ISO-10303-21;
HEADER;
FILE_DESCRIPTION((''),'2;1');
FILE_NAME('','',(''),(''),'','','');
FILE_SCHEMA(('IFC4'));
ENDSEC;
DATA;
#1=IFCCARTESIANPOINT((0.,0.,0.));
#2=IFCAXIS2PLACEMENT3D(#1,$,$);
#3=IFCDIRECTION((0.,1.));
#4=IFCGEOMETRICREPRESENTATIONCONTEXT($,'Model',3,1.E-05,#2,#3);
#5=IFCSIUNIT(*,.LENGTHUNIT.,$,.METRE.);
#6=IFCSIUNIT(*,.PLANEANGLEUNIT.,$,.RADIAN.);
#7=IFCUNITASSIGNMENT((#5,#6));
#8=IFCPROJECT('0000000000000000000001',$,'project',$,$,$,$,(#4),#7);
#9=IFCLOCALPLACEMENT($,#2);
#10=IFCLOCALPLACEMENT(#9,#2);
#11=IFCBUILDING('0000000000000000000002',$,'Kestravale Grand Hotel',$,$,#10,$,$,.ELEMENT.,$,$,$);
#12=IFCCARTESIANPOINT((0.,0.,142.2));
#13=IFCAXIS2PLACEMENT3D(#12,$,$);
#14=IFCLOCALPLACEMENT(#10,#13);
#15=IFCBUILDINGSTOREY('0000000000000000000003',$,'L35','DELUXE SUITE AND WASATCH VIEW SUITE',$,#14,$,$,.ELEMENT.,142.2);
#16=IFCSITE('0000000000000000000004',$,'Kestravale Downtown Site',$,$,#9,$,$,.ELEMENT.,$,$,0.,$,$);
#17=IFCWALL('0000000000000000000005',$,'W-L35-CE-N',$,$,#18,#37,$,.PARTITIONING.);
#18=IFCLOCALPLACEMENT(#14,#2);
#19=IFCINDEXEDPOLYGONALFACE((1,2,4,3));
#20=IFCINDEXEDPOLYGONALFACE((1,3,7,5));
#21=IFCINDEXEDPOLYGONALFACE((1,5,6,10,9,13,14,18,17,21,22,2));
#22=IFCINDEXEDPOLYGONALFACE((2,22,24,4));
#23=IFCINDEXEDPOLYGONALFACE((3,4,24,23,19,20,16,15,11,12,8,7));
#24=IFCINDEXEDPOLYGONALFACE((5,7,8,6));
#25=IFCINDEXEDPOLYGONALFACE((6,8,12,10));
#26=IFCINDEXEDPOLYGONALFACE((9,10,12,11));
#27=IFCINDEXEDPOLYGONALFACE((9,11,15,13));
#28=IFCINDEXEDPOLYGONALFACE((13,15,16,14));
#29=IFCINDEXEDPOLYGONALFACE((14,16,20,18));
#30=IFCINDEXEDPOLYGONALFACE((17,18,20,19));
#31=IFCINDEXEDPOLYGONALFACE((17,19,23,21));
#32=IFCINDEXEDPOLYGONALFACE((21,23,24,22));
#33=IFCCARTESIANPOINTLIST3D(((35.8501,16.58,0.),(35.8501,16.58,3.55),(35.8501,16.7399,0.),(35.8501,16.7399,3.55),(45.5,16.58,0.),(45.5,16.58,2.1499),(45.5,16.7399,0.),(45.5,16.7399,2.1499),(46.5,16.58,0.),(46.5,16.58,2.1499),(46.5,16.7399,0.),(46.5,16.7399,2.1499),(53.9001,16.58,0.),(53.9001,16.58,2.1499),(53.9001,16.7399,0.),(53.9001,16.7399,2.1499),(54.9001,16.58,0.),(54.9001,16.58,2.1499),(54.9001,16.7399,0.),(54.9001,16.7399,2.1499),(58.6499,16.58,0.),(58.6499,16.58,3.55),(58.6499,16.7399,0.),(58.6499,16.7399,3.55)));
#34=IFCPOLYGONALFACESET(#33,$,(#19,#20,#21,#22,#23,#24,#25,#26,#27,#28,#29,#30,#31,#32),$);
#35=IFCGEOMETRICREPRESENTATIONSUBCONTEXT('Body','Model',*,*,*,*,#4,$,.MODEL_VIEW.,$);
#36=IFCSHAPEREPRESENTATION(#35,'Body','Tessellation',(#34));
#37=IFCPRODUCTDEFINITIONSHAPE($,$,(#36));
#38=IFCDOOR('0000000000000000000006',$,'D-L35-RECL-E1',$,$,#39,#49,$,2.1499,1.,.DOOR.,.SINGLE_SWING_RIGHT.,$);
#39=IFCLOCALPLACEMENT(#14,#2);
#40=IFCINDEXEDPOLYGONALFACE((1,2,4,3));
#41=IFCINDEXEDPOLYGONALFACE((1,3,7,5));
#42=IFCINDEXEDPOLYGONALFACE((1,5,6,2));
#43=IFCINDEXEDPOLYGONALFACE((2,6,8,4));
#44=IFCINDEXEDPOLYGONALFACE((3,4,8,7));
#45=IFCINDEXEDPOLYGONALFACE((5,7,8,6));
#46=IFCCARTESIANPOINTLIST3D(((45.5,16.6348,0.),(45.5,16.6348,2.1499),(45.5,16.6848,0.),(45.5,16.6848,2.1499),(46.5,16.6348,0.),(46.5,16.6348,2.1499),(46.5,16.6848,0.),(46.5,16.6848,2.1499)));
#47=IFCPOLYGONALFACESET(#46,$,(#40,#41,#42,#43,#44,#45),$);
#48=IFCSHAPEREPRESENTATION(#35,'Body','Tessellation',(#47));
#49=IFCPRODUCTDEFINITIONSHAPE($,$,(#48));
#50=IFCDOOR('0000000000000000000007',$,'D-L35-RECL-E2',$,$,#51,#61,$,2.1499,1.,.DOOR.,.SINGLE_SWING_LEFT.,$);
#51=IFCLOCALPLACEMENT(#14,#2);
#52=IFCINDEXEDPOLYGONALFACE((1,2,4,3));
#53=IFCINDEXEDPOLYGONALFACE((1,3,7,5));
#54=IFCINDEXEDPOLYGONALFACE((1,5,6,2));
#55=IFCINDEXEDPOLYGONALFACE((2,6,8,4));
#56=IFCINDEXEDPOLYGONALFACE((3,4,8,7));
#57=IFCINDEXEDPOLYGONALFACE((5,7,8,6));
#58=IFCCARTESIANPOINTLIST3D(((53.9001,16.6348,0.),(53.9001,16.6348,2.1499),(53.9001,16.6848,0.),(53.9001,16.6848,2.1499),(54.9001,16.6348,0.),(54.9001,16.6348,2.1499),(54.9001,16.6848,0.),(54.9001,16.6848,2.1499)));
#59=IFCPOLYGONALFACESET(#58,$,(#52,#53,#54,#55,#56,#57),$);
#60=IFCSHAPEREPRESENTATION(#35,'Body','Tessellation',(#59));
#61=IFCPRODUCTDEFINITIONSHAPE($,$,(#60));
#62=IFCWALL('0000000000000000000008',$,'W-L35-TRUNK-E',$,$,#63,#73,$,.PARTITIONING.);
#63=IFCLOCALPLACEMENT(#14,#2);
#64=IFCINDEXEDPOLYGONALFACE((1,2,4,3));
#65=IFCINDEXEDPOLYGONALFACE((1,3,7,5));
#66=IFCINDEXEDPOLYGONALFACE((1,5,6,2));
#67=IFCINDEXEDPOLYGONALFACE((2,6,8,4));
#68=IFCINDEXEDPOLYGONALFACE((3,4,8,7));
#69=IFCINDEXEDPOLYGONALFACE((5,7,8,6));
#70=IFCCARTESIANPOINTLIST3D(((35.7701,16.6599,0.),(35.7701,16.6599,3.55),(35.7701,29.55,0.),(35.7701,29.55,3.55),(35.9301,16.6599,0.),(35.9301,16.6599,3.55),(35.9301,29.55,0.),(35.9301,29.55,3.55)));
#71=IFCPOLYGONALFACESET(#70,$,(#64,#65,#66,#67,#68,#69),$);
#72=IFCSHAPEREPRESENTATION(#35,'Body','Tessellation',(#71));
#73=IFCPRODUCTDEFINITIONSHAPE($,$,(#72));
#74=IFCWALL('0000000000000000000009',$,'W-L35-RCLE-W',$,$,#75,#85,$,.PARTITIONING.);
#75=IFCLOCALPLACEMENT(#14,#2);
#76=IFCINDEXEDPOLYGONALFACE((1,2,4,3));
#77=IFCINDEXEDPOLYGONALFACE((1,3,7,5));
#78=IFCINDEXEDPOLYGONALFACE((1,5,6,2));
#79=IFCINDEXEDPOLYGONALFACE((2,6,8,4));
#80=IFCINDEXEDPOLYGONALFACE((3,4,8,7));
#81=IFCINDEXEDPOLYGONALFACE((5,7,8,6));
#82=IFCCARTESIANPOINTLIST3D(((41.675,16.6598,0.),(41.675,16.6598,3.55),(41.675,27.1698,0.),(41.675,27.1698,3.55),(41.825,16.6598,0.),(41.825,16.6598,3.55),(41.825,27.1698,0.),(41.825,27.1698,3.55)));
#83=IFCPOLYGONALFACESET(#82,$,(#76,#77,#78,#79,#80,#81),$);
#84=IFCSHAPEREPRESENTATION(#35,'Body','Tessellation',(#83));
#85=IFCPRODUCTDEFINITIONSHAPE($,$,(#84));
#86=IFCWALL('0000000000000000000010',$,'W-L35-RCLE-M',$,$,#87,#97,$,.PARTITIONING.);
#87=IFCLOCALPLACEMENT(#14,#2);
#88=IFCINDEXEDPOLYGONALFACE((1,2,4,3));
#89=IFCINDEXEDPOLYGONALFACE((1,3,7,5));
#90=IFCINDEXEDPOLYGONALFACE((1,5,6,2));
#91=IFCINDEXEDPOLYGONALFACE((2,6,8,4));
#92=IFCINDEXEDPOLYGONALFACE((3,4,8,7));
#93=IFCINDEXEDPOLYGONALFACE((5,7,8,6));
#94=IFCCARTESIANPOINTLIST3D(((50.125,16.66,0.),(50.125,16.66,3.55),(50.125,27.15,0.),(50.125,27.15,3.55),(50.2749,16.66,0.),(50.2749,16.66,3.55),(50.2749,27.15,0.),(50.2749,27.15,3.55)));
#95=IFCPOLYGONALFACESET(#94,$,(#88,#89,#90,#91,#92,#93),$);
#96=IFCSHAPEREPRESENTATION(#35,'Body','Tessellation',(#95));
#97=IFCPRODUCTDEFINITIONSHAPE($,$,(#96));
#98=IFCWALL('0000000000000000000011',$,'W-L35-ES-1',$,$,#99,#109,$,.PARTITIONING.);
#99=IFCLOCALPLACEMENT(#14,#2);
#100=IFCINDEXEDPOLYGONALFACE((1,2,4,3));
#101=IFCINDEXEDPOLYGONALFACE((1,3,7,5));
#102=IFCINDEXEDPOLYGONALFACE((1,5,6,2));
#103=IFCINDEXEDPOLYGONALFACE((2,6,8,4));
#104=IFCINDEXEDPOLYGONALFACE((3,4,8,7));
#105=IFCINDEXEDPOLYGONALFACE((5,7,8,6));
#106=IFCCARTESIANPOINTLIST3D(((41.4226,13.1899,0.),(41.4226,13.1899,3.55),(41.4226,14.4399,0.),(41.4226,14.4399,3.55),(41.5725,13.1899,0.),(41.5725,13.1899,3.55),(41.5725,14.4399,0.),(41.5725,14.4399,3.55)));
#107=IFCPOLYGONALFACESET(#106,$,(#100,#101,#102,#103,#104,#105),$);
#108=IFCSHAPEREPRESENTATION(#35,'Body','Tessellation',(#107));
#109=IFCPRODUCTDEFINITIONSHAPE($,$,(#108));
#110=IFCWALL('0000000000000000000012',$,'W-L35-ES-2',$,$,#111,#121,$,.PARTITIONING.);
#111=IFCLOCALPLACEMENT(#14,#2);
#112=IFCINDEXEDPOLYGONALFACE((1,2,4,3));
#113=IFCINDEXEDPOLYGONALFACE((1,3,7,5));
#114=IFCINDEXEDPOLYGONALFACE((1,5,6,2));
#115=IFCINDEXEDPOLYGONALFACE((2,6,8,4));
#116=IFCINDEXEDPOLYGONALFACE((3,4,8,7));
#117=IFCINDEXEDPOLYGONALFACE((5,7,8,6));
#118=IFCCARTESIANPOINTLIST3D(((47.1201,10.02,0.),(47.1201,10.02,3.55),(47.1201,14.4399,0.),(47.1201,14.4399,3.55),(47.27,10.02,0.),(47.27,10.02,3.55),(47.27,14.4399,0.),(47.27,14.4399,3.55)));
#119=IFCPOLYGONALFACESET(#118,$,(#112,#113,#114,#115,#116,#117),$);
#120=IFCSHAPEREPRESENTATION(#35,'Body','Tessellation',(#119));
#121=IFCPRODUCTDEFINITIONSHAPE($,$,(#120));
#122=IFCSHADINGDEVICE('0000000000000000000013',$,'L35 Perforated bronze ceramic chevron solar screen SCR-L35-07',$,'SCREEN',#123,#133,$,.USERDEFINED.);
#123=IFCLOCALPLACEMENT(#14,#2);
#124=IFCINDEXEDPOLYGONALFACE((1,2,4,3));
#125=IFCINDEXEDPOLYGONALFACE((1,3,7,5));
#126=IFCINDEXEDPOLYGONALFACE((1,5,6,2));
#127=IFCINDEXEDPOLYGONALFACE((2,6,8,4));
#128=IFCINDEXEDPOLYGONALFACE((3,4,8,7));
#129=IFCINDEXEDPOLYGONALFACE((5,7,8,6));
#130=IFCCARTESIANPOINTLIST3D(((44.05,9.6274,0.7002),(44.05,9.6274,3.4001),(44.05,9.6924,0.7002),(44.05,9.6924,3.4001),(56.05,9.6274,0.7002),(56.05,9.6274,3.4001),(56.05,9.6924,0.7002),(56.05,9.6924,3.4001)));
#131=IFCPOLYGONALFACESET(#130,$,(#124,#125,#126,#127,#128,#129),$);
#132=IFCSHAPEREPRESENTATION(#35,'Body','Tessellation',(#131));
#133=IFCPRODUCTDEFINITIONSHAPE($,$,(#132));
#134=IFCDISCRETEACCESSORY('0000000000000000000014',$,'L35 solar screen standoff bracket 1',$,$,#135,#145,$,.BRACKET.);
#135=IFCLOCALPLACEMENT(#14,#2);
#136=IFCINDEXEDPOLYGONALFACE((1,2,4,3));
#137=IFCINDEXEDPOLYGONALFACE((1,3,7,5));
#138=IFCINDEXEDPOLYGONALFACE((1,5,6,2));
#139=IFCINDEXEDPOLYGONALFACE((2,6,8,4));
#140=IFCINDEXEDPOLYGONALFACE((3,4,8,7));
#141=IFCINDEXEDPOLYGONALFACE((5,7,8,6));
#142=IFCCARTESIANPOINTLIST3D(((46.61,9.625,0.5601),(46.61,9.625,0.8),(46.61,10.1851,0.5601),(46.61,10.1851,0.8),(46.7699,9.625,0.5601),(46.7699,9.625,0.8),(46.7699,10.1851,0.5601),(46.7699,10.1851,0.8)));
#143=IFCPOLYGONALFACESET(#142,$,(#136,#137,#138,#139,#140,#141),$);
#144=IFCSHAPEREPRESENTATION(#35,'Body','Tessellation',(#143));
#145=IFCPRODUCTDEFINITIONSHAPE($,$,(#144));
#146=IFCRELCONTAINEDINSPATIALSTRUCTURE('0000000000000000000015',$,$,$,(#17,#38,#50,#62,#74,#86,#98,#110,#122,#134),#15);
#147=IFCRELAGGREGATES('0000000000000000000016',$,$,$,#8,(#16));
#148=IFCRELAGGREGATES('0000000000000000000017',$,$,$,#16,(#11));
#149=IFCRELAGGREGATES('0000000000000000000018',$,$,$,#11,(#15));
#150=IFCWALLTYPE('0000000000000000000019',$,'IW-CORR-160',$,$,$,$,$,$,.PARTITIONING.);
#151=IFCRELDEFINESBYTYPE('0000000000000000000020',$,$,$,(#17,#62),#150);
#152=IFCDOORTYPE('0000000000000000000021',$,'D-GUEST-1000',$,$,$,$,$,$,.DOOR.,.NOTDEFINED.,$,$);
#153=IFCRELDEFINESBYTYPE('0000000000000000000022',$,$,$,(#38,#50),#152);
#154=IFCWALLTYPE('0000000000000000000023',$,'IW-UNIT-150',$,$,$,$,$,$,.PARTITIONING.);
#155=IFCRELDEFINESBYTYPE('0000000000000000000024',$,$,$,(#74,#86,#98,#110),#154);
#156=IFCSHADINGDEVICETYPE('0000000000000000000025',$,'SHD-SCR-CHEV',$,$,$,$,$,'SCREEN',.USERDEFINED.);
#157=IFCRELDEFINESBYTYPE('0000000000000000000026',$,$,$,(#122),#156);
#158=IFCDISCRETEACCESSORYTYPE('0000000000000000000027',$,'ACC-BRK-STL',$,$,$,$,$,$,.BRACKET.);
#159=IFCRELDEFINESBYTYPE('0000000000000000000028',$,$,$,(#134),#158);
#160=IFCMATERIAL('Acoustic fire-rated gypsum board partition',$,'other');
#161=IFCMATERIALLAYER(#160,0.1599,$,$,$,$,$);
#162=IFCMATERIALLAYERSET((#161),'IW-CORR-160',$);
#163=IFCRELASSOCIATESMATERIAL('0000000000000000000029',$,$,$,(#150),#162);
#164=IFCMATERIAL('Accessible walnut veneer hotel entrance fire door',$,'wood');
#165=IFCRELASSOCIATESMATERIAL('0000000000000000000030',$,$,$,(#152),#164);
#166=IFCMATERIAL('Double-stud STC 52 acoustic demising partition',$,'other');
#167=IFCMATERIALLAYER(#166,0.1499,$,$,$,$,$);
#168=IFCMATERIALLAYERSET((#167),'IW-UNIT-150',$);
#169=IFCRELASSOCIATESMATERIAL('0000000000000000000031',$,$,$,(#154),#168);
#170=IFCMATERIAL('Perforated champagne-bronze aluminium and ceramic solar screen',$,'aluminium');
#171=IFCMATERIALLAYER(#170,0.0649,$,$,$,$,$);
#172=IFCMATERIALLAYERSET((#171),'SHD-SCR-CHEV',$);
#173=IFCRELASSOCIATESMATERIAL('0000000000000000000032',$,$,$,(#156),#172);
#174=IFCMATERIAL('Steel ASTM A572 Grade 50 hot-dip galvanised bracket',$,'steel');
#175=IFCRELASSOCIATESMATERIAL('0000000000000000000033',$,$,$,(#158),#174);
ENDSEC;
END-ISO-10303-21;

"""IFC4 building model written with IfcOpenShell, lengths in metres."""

from ifc_helpers import new_model, si_unit, direction, frame, frame_2d, origin, origin_2d, place, context, subcontext, project, spatial, rectangle, extrude, material, layer, layer_set, type_object, element, fill, save


model = new_model("IFC4")

# Units and contexts
model_context = context("Model", 3, precision=1e-05, world=origin(), true_north=direction((0.0, 1.0)))
body_context = subcontext(model_context, "Body", "Model", "MODEL_VIEW")
ifc_project = project(units=[si_unit("LENGTHUNIT", "METRE"), si_unit("PLANEANGLEUNIT", "RADIAN")], contexts=[model_context])

# Site, building, storey
site_placement = place(None, origin())
site = spatial("IfcSite", under=ifc_project, at=site_placement, Name="Kestravale Downtown Site", CompositionType="ELEMENT", RefElevation=0.0)
building_placement = place(site_placement, origin())
building = spatial("IfcBuilding", under=site, at=building_placement, Name="Kestravale Grand Hotel", CompositionType="ELEMENT")
storey_placement = place(building_placement, frame((0.0, 0.0, 142.2)))
storey = spatial("IfcBuildingStorey", under=building, at=storey_placement, Name="L35", Description="DELUXE SUITE AND WASATCH VIEW SUITE", CompositionType="ELEMENT", Elevation=142.2)

# Wall, openings, doors
ifc_material_1 = material(Name="Acoustic fire-rated gypsum board partition", Category="other")
ifc_layer_1 = layer(ifc_material_1, 0.1599)
ifc_layer_set_1 = layer_set([ifc_layer_1], Name="IW-CORR-160")
wall_type_1 = type_object("IfcWallType", Name="IW-CORR-160", PredefinedType="PARTITIONING", material=ifc_layer_set_1)
wall_1_placement = place(storey_placement, frame((35.8501, 16.6599, 0.0), z_axis=(0.0, 0.0, 1.0), x_axis=(1.0, 0.0, 0.0)))
wall_1 = element("IfcWall", 1, at=wall_1_placement, inside=storey, type_object=wall_type_1, Name="W-L35-CE-N", PredefinedType="PARTITIONING", context=body_context, shape_type="SweptSolid", body=[
    extrude(rectangle(XDim=22.7998, YDim=0.1599, at=frame_2d((11.3999, 0.0))), origin(), (0.0, 0.0, 1.0), 3.55),
])
opening_1_placement = place(wall_1_placement, frame((9.6499, 0.0, 0.0)))
opening_1 = element("IfcOpeningElement", 2, at=opening_1_placement, cuts=wall_1, PredefinedType="OPENING", context=body_context, shape_type="SweptSolid", body=[
    extrude(rectangle(XDim=1.0, YDim=2.1499, at=frame_2d((0.5, 1.075))), frame((0.0, 0.0898, 0.0), z_axis=(0.0, -1.0, 0.0), x_axis=(1.0, 0.0, 0.0)), (0.0, 0.0, 1.0), 0.1799),
])
opening_2_placement = place(wall_1_placement, frame((18.05, 0.0, 0.0)))
opening_2 = element("IfcOpeningElement", 3, at=opening_2_placement, cuts=wall_1, PredefinedType="OPENING", context=body_context, shape_type="SweptSolid", body=[
    extrude(rectangle(XDim=1.0, YDim=2.1499, at=frame_2d((0.5, 1.075))), frame((0.0, 0.0898, 0.0), z_axis=(0.0, -1.0, 0.0), x_axis=(1.0, 0.0, 0.0)), (0.0, 0.0, 1.0), 0.1799),
])
ifc_material_2 = material(Name="Accessible walnut veneer hotel entrance fire door", Category="wood")
door_type = type_object("IfcDoorType", Name="D-GUEST-1000", OperationType="NOTDEFINED", PredefinedType="DOOR", material=ifc_material_2)
door_1_placement = place(opening_1_placement, origin())
door_1 = element("IfcDoor", 4, at=door_1_placement, inside=storey, type_object=door_type, Name="D-L35-RECL-E1", OperationType="SINGLE_SWING_RIGHT", OverallHeight=2.1499, OverallWidth=1.0, PredefinedType="DOOR", context=body_context, shape_type="SweptSolid", body=[
    extrude(rectangle(XDim=1.0, YDim=2.1499, at=frame_2d((0.5, 1.075))), frame((0.0, 0.0249, 0.0), z_axis=(0.0, -1.0, 0.0), x_axis=(1.0, 0.0, 0.0)), (0.0, 0.0, 1.0), 0.05),
])
fill(opening_1, door_1)
door_2_placement = place(opening_2_placement, origin())
door_2 = element("IfcDoor", 5, at=door_2_placement, inside=storey, type_object=door_type, Name="D-L35-RECL-E2", OperationType="SINGLE_SWING_LEFT", OverallHeight=2.1499, OverallWidth=1.0, PredefinedType="DOOR", context=body_context, shape_type="SweptSolid", body=[
    extrude(rectangle(XDim=1.0, YDim=2.1499, at=frame_2d((0.5, 1.075))), frame((0.0, 0.0249, 0.0), z_axis=(0.0, -1.0, 0.0), x_axis=(1.0, 0.0, 0.0)), (0.0, 0.0, 1.0), 0.05),
])
fill(opening_2, door_2)

# Walls
wall_2_placement = place(storey_placement, frame((35.8501, 16.6599, 0.0), z_axis=(0.0, 0.0, 1.0), x_axis=(0.0, 1.0, 0.0)))
element("IfcWall", 6, at=wall_2_placement, inside=storey, type_object=wall_type_1, Name="W-L35-TRUNK-E", PredefinedType="PARTITIONING", context=body_context, shape_type="SweptSolid", body=[
    extrude(rectangle(XDim=12.8901, YDim=0.1599, at=frame_2d((6.4451, 0.0))), origin(), (0.0, 0.0, 1.0), 3.55),
])
ifc_material_3 = material(Name="Double-stud STC 52 acoustic demising partition", Category="other")
ifc_layer_2 = layer(ifc_material_3, 0.1499)
ifc_layer_set_2 = layer_set([ifc_layer_2], Name="IW-UNIT-150")
wall_type_2 = type_object("IfcWallType", Name="IW-UNIT-150", PredefinedType="PARTITIONING", material=ifc_layer_set_2)
wall_3_placement = place(storey_placement, frame((41.75, 16.6599, 0.0), z_axis=(0.0, 0.0, 1.0), x_axis=(0.0, 1.0, 0.0)))
element("IfcWall", 7, at=wall_3_placement, inside=storey, type_object=wall_type_2, Name="W-L35-RCLE-W", PredefinedType="PARTITIONING", context=body_context, shape_type="SweptSolid", body=[
    extrude(rectangle(XDim=10.51, YDim=0.1499, at=frame_2d((5.2549, 0.0))), origin(), (0.0, 0.0, 1.0), 3.55),
])
wall_4_placement = place(storey_placement, frame((50.2, 16.6599, 0.0), z_axis=(0.0, 0.0, 1.0), x_axis=(0.0, 1.0, 0.0)))
element("IfcWall", 8, at=wall_4_placement, inside=storey, type_object=wall_type_2, Name="W-L35-RCLE-M", PredefinedType="PARTITIONING", context=body_context, shape_type="SweptSolid", body=[
    extrude(rectangle(XDim=10.49, YDim=0.1499, at=frame_2d((5.2451, 0.0))), origin(), (0.0, 0.0, 1.0), 3.55),
])
wall_5_placement = place(storey_placement, frame((41.4976, 13.1899, 0.0), z_axis=(0.0, 0.0, 1.0), x_axis=(0.0, 1.0, 0.0)))
element("IfcWall", 9, at=wall_5_placement, inside=storey, type_object=wall_type_2, Name="W-L35-ES-1", PredefinedType="PARTITIONING", context=body_context, shape_type="SweptSolid", body=[
    extrude(rectangle(XDim=1.25, YDim=0.1499, at=frame_2d((0.625, 0.0))), origin(), (0.0, 0.0, 1.0), 3.55),
])
wall_6_placement = place(storey_placement, frame((47.1951, 10.02, 0.0), z_axis=(0.0, 0.0, 1.0), x_axis=(0.0, 1.0, 0.0)))
element("IfcWall", 10, at=wall_6_placement, inside=storey, type_object=wall_type_2, Name="W-L35-ES-2", PredefinedType="PARTITIONING", context=body_context, shape_type="SweptSolid", body=[
    extrude(rectangle(XDim=4.4199, YDim=0.1499, at=frame_2d((2.21, 0.0))), origin(), (0.0, 0.0, 1.0), 3.55),
])

# Shading device
ifc_material_4 = material(Name="Perforated champagne-bronze aluminium and ceramic solar screen", Category="aluminium")
ifc_layer_3 = layer(ifc_material_4, 0.0649)
ifc_layer_set_3 = layer_set([ifc_layer_3], Name="SHD-SCR-CHEV")
shading_device_type = type_object("IfcShadingDeviceType", Name="SHD-SCR-CHEV", ElementType="SCREEN", PredefinedType="USERDEFINED", material=ifc_layer_set_3)
shading_device_placement = place(storey_placement, frame((50.05, 9.6599, 0.7002), z_axis=(0.0, 0.0, 1.0), x_axis=(1.0, 0.0, 0.0)))
element("IfcShadingDevice", 11, at=shading_device_placement, inside=storey, type_object=shading_device_type, Name="L35 Perforated bronze ceramic chevron solar screen SCR-L35-07", ObjectType="SCREEN", PredefinedType="USERDEFINED", context=body_context, shape_type="SweptSolid", body=[
    extrude(rectangle(XDim=12.0, YDim=0.0649, at=origin_2d()), origin(), (0.0, 0.0, 1.0), 2.7),
])

# Discrete accessory
ifc_material_5 = material(Name="Steel ASTM A572 Grade 50 hot-dip galvanised bracket", Category="steel")
discrete_accessory_type = type_object("IfcDiscreteAccessoryType", Name="ACC-BRK-STL", PredefinedType="BRACKET", material=ifc_material_5)
discrete_accessory_placement = place(storey_placement, frame((46.6899, 9.905, 0.5601), z_axis=(0.0, 0.0, 1.0), x_axis=(1.0, 0.0, 0.0)))
element("IfcDiscreteAccessory", 12, at=discrete_accessory_placement, inside=storey, type_object=discrete_accessory_type, Name="L35 solar screen standoff bracket 1", PredefinedType="BRACKET", context=body_context, shape_type="SweptSolid", body=[
    extrude(rectangle(XDim=0.1599, YDim=0.5601, at=origin_2d()), origin(), (0.0, 0.0, 1.0), 0.24),
])

save(model, "model.ifc")
